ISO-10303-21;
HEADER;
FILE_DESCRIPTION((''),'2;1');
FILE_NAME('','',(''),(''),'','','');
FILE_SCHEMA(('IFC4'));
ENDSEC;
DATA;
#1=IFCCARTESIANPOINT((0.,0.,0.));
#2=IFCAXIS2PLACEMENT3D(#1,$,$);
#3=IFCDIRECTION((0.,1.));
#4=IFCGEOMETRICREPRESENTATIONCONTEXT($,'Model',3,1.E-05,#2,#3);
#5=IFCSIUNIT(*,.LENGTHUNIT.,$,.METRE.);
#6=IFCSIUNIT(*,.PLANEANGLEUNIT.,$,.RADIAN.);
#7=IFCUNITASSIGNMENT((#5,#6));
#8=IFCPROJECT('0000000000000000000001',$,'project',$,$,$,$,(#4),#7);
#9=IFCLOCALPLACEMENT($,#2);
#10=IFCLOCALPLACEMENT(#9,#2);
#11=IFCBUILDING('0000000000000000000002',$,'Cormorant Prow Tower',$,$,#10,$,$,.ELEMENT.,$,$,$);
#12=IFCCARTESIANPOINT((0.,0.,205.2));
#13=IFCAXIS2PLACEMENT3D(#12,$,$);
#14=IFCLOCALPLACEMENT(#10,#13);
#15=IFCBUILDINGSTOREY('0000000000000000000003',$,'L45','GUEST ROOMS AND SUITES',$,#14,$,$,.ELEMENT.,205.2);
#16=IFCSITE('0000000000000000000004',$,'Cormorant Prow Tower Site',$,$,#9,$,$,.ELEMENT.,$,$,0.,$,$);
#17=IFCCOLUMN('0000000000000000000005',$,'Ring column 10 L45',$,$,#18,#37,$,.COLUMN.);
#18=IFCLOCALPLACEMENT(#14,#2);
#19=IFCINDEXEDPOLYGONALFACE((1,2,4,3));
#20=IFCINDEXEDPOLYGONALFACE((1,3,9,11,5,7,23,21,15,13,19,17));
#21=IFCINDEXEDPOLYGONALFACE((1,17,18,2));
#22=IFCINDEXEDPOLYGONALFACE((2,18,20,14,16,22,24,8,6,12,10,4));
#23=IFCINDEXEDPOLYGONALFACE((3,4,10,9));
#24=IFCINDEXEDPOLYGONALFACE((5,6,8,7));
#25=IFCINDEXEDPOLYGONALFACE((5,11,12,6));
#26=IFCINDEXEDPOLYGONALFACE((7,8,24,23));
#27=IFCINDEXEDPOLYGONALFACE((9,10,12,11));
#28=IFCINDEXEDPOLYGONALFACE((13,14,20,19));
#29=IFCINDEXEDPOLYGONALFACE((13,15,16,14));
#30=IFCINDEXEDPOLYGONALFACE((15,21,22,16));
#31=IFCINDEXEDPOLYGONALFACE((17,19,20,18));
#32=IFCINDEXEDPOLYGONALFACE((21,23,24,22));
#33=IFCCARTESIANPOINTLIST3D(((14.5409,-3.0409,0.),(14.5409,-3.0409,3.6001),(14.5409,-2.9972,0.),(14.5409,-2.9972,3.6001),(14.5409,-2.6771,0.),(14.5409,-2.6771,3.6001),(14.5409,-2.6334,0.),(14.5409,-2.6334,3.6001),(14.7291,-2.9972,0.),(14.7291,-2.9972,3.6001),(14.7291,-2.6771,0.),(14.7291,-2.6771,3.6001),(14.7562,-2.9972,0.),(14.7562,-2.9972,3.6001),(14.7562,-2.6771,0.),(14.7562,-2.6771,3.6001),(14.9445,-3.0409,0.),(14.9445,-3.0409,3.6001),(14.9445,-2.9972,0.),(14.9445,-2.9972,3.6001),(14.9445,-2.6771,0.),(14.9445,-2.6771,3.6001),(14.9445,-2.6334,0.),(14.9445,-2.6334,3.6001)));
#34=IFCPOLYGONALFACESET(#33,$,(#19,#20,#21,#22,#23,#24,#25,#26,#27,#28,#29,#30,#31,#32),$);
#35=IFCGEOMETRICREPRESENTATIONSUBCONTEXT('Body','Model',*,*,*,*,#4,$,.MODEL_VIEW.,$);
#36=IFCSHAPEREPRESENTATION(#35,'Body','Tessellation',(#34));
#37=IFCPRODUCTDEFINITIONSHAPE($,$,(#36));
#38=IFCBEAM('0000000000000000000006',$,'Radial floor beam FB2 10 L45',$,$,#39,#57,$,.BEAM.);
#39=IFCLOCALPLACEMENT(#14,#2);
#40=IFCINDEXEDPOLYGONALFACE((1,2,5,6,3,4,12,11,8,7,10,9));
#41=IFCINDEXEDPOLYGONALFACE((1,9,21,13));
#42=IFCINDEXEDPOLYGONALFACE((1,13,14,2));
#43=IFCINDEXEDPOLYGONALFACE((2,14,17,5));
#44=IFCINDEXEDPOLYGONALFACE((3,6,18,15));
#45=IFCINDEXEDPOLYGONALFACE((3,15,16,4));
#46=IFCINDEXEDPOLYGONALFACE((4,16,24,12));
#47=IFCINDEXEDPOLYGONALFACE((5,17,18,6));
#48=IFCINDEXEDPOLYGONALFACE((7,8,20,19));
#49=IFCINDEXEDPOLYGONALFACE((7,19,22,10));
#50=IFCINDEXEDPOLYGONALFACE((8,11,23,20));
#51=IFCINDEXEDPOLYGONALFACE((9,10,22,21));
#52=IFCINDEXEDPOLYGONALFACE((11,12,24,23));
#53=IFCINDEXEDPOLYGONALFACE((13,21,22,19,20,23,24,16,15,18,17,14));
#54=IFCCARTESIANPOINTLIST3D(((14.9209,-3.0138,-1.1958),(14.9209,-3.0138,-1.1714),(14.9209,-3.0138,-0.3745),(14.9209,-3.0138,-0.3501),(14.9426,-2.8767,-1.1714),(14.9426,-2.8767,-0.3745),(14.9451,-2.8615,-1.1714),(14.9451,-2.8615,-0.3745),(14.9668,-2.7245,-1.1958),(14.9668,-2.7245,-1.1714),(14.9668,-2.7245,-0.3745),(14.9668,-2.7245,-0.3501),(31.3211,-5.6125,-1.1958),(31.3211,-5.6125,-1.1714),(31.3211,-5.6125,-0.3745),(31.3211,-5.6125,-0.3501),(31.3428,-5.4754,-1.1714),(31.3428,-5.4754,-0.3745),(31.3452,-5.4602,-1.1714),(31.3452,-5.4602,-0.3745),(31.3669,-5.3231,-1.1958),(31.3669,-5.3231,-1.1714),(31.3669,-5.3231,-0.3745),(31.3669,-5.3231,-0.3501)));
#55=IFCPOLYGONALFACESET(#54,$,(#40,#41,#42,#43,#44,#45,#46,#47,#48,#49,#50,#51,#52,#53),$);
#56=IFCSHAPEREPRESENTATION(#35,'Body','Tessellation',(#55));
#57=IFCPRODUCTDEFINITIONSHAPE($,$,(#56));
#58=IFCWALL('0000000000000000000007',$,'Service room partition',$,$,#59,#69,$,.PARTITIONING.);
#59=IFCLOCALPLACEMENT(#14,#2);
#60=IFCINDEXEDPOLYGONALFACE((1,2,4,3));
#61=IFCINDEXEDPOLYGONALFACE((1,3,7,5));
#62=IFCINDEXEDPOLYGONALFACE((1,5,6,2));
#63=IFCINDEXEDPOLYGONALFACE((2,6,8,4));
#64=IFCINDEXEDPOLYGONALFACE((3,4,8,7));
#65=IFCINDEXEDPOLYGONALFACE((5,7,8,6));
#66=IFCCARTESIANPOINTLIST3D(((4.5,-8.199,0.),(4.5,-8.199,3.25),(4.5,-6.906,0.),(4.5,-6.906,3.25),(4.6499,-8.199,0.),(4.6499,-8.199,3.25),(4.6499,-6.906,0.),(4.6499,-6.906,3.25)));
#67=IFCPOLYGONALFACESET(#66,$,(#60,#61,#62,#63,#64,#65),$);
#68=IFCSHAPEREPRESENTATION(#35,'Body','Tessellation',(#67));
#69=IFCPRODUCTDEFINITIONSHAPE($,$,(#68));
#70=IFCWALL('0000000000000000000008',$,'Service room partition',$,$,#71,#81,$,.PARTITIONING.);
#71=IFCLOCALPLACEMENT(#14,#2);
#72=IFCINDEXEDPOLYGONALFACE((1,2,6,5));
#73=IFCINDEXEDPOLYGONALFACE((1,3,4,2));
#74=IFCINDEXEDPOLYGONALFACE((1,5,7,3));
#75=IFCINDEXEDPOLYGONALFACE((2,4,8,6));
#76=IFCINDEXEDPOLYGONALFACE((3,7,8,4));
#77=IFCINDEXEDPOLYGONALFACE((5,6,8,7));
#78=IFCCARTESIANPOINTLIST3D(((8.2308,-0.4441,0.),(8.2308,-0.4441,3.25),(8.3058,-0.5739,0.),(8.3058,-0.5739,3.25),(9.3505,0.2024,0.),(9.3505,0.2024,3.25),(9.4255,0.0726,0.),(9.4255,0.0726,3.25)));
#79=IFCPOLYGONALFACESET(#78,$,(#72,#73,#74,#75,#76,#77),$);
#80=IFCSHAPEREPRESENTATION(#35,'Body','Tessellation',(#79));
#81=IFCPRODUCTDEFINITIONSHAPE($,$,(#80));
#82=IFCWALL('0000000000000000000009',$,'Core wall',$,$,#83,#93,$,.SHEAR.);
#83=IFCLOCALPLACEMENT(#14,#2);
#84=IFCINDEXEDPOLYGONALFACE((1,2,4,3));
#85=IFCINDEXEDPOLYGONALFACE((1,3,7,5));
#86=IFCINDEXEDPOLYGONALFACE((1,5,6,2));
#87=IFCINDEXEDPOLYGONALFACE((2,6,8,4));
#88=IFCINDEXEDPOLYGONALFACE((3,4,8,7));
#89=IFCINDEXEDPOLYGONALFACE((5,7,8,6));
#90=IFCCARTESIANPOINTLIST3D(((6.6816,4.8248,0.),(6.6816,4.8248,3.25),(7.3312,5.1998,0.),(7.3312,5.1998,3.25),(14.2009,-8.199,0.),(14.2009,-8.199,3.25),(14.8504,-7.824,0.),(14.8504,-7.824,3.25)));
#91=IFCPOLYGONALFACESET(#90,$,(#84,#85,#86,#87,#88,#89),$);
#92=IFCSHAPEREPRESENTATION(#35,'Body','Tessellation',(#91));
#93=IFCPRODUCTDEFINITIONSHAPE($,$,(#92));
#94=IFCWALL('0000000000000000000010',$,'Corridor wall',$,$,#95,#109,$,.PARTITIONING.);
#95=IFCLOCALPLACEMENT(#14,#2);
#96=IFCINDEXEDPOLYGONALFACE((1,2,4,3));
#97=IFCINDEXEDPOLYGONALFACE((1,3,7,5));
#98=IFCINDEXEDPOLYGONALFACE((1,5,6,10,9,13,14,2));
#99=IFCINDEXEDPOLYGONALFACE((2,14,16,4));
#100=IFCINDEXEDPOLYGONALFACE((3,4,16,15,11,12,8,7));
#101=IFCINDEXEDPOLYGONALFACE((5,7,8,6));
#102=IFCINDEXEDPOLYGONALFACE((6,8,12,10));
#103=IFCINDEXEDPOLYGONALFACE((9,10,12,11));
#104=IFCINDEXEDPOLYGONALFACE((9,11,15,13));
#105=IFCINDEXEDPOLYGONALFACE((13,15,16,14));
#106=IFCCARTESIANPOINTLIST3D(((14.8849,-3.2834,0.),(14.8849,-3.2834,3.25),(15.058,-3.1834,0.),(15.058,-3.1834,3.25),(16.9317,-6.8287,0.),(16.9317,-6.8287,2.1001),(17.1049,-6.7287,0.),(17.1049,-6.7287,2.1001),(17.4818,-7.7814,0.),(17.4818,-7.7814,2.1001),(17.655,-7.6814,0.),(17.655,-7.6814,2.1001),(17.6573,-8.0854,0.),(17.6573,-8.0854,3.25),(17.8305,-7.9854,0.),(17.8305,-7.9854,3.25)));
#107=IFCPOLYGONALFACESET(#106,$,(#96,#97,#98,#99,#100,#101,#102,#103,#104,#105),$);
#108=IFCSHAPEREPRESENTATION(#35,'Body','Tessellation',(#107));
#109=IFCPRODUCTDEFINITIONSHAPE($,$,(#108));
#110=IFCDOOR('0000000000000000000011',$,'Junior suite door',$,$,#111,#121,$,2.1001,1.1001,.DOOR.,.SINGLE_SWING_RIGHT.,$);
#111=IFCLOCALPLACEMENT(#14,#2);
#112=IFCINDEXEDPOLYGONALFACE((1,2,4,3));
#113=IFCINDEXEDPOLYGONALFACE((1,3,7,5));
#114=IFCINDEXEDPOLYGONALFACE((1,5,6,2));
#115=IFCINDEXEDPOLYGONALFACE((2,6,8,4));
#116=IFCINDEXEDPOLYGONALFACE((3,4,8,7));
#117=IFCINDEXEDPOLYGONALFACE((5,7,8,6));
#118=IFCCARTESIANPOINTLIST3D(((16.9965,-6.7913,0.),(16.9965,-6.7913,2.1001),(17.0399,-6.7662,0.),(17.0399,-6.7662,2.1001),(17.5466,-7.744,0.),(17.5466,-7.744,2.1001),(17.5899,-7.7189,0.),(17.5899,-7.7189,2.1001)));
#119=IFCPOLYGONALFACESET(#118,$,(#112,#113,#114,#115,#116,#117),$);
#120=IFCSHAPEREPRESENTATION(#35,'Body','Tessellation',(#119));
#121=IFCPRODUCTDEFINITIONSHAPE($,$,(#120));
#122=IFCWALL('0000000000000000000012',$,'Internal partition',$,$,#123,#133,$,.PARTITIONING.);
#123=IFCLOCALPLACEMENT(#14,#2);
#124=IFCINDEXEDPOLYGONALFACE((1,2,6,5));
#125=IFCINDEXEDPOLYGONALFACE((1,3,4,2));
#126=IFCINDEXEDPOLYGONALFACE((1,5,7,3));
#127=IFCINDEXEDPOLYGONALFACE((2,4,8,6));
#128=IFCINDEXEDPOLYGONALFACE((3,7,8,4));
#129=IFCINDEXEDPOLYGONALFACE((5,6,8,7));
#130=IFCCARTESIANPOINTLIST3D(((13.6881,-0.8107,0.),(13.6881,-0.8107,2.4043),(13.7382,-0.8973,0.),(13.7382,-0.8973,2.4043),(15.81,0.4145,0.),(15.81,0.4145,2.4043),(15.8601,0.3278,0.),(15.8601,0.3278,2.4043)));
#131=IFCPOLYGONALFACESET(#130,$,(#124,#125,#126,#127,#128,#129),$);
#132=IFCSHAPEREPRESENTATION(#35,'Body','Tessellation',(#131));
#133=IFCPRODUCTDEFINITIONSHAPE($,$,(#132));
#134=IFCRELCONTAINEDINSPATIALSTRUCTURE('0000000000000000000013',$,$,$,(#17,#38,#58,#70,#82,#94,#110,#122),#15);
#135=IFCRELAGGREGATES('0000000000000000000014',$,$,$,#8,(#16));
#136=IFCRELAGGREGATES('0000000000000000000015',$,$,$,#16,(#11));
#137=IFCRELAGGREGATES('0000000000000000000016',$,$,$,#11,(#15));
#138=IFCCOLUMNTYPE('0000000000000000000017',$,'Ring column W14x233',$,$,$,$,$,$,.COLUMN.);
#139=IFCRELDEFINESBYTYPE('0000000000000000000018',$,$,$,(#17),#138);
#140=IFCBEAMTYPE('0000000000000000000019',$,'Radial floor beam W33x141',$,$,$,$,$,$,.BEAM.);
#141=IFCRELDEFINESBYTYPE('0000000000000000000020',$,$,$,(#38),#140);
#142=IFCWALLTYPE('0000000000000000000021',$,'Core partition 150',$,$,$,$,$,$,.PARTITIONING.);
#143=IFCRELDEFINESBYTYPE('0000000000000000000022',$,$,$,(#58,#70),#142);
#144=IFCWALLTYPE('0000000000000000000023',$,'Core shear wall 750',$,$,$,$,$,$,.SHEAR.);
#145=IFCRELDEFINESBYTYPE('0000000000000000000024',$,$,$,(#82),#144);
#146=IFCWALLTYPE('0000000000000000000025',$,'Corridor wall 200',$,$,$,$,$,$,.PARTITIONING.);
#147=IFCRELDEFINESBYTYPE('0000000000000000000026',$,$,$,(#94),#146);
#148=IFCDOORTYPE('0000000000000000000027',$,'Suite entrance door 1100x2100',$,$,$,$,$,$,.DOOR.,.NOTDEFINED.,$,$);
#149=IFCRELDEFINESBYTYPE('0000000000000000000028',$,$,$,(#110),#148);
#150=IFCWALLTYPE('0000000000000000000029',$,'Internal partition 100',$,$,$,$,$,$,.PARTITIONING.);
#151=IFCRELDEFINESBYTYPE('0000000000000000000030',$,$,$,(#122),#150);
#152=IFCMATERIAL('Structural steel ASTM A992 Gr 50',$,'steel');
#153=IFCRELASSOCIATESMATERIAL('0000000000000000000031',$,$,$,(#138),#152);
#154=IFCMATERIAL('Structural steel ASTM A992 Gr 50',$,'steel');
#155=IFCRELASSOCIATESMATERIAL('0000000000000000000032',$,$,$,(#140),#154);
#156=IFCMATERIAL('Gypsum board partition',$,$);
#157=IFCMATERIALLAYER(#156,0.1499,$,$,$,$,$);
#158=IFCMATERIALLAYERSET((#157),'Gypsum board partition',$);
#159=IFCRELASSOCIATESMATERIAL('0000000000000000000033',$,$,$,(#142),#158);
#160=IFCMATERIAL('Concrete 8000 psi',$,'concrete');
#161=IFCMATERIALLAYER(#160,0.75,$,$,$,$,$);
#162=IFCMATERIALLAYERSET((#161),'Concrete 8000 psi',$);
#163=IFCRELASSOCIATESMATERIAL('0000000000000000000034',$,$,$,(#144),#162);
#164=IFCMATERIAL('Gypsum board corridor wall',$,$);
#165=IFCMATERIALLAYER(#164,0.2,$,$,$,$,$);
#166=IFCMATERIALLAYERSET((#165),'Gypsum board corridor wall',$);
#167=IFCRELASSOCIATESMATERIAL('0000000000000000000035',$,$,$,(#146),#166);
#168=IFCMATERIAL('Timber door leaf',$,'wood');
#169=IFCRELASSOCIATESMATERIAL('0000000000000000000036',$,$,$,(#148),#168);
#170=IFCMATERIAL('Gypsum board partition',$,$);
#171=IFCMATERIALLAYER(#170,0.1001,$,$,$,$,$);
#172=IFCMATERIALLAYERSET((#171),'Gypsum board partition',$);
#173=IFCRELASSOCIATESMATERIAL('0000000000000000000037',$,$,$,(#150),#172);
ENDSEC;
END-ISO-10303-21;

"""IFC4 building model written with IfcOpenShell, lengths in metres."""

from ifc_helpers import new_model, si_unit, direction, frame, frame_2d, origin, origin_2d, place, context, subcontext, project, spatial, rectangle, i_section, extrude, material, layer, layer_set, material_profile, profile_set, type_object, element, fill, save


model = new_model("IFC4")

# Units and contexts
model_context = context("Model", 3, precision=1e-05, world=origin(), true_north=direction((0.0, 1.0)))
body_context = subcontext(model_context, "Body", "Model", "MODEL_VIEW")
ifc_project = project(units=[si_unit("LENGTHUNIT", "METRE"), si_unit("PLANEANGLEUNIT", "RADIAN")], contexts=[model_context])

# Site, building, storey
site_placement = place(None, origin())
site = spatial("IfcSite", under=ifc_project, at=site_placement, Name="Cormorant Prow Tower Site", CompositionType="ELEMENT", RefElevation=0.0)
building_placement = place(site_placement, origin())
building = spatial("IfcBuilding", under=site, at=building_placement, Name="Cormorant Prow Tower", CompositionType="ELEMENT")
storey_placement = place(building_placement, frame((0.0, 0.0, 205.2)))
storey = spatial("IfcBuildingStorey", under=building, at=storey_placement, Name="L45", Description="GUEST ROOMS AND SUITES", CompositionType="ELEMENT", Elevation=205.2)

# Column
ifc_material_1 = material(Name="Structural steel ASTM A992 Gr 50", Category="steel")
ifc_material_profile_1 = material_profile(ifc_material_1, i_section(OverallWidth=0.4036, OverallDepth=0.4075, WebThickness=0.0271, FlangeThickness=0.0437, at=origin_2d()), Name="W14x233")
ifc_profile_set_1 = profile_set([ifc_material_profile_1], Name="Structural steel ASTM A992 Gr 50")
column_type = type_object("IfcColumnType", Name="Ring column W14x233", PredefinedType="COLUMN", material=ifc_profile_set_1)
column_placement = place(storey_placement, frame((14.7427, -2.8372, 0.0), z_axis=(0.0, 0.0, 1.0), x_axis=(1.0, 0.0, 0.0)))
element("IfcColumn", 1, at=column_placement, inside=storey, type_object=column_type, Name="Ring column 10 L45", PredefinedType="COLUMN", context=body_context, shape_type="SweptSolid", body=[
    extrude(i_section(OverallWidth=0.4036, OverallDepth=0.4075, WebThickness=0.0271, FlangeThickness=0.0437, at=origin_2d()), origin(), (0.0, 0.0, 1.0), 3.6001),
])

# Beam
ifc_material_2 = material(Name="Structural steel ASTM A992 Gr 50", Category="steel")
ifc_material_profile_2 = material_profile(ifc_material_2, i_section(OverallWidth=0.293, OverallDepth=0.8457, WebThickness=0.0154, FlangeThickness=0.0244, at=origin_2d()), Name="W33x141")
ifc_profile_set_2 = profile_set([ifc_material_profile_2], Name="Structural steel ASTM A992 Gr 50")
beam_type = type_object("IfcBeamType", Name="Radial floor beam W33x141", PredefinedType="BEAM", material=ifc_profile_set_2)
beam_placement = place(storey_placement, frame((14.9438, -2.8691, -0.7729), z_axis=(0.987678, -0.156499, 0.0), x_axis=(0.156499, 0.987678, 0.0)))
element("IfcBeam", 2, at=beam_placement, inside=storey, type_object=beam_type, Name="Radial floor beam FB2 10 L45", PredefinedType="BEAM", context=body_context, shape_type="SweptSolid", body=[
    extrude(i_section(OverallWidth=0.293, OverallDepth=0.8457, WebThickness=0.0154, FlangeThickness=0.0244, at=origin_2d()), origin(), (0.0, 0.0, 1.0), 16.6047),
])

# Walls
ifc_material_3 = material(Name="Gypsum board partition")
ifc_layer_1 = layer(ifc_material_3, 0.1499)
ifc_layer_set_1 = layer_set([ifc_layer_1], Name="Gypsum board partition")
wall_type_1 = type_object("IfcWallType", Name="Core partition 150", PredefinedType="PARTITIONING", material=ifc_layer_set_1)
for number, where, z_axis, x_axis, name in (
    (3, (4.575, -6.906, 0.0), (0.0, 0.0, 1.0), (0.0, -1.0, 0.0), "Service room partition"),
    (4, (8.2683, -0.509, 0.0), (0.0, 0.0, 1.0), (0.866003, 0.500038, 0.0), "Service room partition"),
):
    element("IfcWall", number, at=place(storey_placement, frame(where, z_axis=z_axis, x_axis=x_axis)), inside=storey, type_object=wall_type_1, Name=name, PredefinedType="PARTITIONING", context=body_context, shape_type="SweptSolid", body=[
        extrude(rectangle(XDim=1.293, YDim=0.1499, at=frame_2d((0.6465, 0.0))), origin(), (0.0, 0.0, 1.0), 3.25),
    ])
ifc_material_4 = material(Name="Concrete 8000 psi", Category="concrete")
ifc_layer_2 = layer(ifc_material_4, 0.75)
ifc_layer_set_2 = layer_set([ifc_layer_2], Name="Concrete 8000 psi")
wall_type_2 = type_object("IfcWallType", Name="Core shear wall 750", PredefinedType="SHEAR", material=ifc_layer_set_2)
wall_1_placement = place(storey_placement, frame((14.5256, -8.0115, 0.0), z_axis=(0.0, 0.0, 1.0), x_axis=(-0.499996, 0.866028, 0.0)))
element("IfcWall", 5, at=wall_1_placement, inside=storey, type_object=wall_type_2, Name="Core wall", PredefinedType="SHEAR", context=body_context, shape_type="SweptSolid", body=[
    extrude(rectangle(XDim=15.0386, YDim=0.75, at=frame_2d((7.5193, 0.0))), origin(), (0.0, 0.0, 1.0), 3.25),
])

# Wall, opening, door
ifc_material_5 = material(Name="Gypsum board corridor wall")
ifc_layer_3 = layer(ifc_material_5, 0.2)
ifc_layer_set_3 = layer_set([ifc_layer_3], Name="Gypsum board corridor wall")
wall_type_3 = type_object("IfcWallType", Name="Corridor wall 200", PredefinedType="PARTITIONING", material=ifc_layer_set_3)
wall_2_placement = place(storey_placement, frame((14.9714, -3.2334, 0.0), z_axis=(0.0, 0.0, 1.0), x_axis=(0.500003, -0.866024, 0.0)))
wall_2 = element("IfcWall", 6, at=wall_2_placement, inside=storey, type_object=wall_type_3, Name="Corridor wall", PredefinedType="PARTITIONING", context=body_context, shape_type="SweptSolid", body=[
    extrude(rectangle(XDim=5.5449, YDim=0.2, at=frame_2d((2.7725, 0.0))), origin(), (0.0, 0.0, 1.0), 3.25),
])
opening_1_placement = place(wall_2_placement, frame((4.0938, 0.0, 0.0)))
opening_1 = element("IfcOpeningElement", 7, at=opening_1_placement, cuts=wall_2, PredefinedType="OPENING", context=body_context, shape_type="SweptSolid", body=[
    extrude(rectangle(XDim=1.1001, YDim=2.1001, at=frame_2d((0.55, 1.05))), frame((0.0, 0.1099, 0.0), z_axis=(0.0, -1.0, 0.0), x_axis=(1.0, 0.0, 0.0)), (0.0, 0.0, 1.0), 0.22),
])
ifc_material_6 = material(Name="Timber door leaf", Category="wood")
door_type_1 = type_object("IfcDoorType", Name="Suite entrance door 1100x2100", OperationType="NOTDEFINED", PredefinedType="DOOR", material=ifc_material_6)
door_1_placement = place(opening_1_placement, origin())
door_1 = element("IfcDoor", 8, at=door_1_placement, inside=storey, type_object=door_type_1, Name="Junior suite door", OperationType="SINGLE_SWING_RIGHT", OverallHeight=2.1001, OverallWidth=1.1001, PredefinedType="DOOR", context=body_context, shape_type="SweptSolid", body=[
    extrude(rectangle(XDim=1.1001, YDim=2.1001, at=frame_2d((0.55, 1.05))), frame((0.0, 0.0249, 0.0), z_axis=(0.0, -1.0, 0.0), x_axis=(1.0, 0.0, 0.0)), (0.0, 0.0, 1.0), 0.05),
])
fill(opening_1, door_1)

# Wall
ifc_material_7 = material(Name="Gypsum board partition")
ifc_layer_4 = layer(ifc_material_7, 0.1001)
ifc_layer_set_4 = layer_set([ifc_layer_4], Name="Gypsum board partition")
wall_type_4 = type_object("IfcWallType", Name="Internal partition 100", PredefinedType="PARTITIONING", material=ifc_layer_set_4)
wall_3_placement = place(storey_placement, frame((13.7131, -0.854, 0.0), z_axis=(0.0, 0.0, 1.0), x_axis=(0.866015, 0.500019, 0.0)))
element("IfcWall", 9, at=wall_3_placement, inside=storey, type_object=wall_type_4, Name="Internal partition", PredefinedType="PARTITIONING", context=body_context, shape_type="SweptSolid", body=[
    extrude(rectangle(XDim=2.4502, YDim=0.1001, at=frame_2d((1.2251, 0.0))), origin(), (0.0, 0.0, 1.0), 2.4043),
])

save(model, "model.ifc")
